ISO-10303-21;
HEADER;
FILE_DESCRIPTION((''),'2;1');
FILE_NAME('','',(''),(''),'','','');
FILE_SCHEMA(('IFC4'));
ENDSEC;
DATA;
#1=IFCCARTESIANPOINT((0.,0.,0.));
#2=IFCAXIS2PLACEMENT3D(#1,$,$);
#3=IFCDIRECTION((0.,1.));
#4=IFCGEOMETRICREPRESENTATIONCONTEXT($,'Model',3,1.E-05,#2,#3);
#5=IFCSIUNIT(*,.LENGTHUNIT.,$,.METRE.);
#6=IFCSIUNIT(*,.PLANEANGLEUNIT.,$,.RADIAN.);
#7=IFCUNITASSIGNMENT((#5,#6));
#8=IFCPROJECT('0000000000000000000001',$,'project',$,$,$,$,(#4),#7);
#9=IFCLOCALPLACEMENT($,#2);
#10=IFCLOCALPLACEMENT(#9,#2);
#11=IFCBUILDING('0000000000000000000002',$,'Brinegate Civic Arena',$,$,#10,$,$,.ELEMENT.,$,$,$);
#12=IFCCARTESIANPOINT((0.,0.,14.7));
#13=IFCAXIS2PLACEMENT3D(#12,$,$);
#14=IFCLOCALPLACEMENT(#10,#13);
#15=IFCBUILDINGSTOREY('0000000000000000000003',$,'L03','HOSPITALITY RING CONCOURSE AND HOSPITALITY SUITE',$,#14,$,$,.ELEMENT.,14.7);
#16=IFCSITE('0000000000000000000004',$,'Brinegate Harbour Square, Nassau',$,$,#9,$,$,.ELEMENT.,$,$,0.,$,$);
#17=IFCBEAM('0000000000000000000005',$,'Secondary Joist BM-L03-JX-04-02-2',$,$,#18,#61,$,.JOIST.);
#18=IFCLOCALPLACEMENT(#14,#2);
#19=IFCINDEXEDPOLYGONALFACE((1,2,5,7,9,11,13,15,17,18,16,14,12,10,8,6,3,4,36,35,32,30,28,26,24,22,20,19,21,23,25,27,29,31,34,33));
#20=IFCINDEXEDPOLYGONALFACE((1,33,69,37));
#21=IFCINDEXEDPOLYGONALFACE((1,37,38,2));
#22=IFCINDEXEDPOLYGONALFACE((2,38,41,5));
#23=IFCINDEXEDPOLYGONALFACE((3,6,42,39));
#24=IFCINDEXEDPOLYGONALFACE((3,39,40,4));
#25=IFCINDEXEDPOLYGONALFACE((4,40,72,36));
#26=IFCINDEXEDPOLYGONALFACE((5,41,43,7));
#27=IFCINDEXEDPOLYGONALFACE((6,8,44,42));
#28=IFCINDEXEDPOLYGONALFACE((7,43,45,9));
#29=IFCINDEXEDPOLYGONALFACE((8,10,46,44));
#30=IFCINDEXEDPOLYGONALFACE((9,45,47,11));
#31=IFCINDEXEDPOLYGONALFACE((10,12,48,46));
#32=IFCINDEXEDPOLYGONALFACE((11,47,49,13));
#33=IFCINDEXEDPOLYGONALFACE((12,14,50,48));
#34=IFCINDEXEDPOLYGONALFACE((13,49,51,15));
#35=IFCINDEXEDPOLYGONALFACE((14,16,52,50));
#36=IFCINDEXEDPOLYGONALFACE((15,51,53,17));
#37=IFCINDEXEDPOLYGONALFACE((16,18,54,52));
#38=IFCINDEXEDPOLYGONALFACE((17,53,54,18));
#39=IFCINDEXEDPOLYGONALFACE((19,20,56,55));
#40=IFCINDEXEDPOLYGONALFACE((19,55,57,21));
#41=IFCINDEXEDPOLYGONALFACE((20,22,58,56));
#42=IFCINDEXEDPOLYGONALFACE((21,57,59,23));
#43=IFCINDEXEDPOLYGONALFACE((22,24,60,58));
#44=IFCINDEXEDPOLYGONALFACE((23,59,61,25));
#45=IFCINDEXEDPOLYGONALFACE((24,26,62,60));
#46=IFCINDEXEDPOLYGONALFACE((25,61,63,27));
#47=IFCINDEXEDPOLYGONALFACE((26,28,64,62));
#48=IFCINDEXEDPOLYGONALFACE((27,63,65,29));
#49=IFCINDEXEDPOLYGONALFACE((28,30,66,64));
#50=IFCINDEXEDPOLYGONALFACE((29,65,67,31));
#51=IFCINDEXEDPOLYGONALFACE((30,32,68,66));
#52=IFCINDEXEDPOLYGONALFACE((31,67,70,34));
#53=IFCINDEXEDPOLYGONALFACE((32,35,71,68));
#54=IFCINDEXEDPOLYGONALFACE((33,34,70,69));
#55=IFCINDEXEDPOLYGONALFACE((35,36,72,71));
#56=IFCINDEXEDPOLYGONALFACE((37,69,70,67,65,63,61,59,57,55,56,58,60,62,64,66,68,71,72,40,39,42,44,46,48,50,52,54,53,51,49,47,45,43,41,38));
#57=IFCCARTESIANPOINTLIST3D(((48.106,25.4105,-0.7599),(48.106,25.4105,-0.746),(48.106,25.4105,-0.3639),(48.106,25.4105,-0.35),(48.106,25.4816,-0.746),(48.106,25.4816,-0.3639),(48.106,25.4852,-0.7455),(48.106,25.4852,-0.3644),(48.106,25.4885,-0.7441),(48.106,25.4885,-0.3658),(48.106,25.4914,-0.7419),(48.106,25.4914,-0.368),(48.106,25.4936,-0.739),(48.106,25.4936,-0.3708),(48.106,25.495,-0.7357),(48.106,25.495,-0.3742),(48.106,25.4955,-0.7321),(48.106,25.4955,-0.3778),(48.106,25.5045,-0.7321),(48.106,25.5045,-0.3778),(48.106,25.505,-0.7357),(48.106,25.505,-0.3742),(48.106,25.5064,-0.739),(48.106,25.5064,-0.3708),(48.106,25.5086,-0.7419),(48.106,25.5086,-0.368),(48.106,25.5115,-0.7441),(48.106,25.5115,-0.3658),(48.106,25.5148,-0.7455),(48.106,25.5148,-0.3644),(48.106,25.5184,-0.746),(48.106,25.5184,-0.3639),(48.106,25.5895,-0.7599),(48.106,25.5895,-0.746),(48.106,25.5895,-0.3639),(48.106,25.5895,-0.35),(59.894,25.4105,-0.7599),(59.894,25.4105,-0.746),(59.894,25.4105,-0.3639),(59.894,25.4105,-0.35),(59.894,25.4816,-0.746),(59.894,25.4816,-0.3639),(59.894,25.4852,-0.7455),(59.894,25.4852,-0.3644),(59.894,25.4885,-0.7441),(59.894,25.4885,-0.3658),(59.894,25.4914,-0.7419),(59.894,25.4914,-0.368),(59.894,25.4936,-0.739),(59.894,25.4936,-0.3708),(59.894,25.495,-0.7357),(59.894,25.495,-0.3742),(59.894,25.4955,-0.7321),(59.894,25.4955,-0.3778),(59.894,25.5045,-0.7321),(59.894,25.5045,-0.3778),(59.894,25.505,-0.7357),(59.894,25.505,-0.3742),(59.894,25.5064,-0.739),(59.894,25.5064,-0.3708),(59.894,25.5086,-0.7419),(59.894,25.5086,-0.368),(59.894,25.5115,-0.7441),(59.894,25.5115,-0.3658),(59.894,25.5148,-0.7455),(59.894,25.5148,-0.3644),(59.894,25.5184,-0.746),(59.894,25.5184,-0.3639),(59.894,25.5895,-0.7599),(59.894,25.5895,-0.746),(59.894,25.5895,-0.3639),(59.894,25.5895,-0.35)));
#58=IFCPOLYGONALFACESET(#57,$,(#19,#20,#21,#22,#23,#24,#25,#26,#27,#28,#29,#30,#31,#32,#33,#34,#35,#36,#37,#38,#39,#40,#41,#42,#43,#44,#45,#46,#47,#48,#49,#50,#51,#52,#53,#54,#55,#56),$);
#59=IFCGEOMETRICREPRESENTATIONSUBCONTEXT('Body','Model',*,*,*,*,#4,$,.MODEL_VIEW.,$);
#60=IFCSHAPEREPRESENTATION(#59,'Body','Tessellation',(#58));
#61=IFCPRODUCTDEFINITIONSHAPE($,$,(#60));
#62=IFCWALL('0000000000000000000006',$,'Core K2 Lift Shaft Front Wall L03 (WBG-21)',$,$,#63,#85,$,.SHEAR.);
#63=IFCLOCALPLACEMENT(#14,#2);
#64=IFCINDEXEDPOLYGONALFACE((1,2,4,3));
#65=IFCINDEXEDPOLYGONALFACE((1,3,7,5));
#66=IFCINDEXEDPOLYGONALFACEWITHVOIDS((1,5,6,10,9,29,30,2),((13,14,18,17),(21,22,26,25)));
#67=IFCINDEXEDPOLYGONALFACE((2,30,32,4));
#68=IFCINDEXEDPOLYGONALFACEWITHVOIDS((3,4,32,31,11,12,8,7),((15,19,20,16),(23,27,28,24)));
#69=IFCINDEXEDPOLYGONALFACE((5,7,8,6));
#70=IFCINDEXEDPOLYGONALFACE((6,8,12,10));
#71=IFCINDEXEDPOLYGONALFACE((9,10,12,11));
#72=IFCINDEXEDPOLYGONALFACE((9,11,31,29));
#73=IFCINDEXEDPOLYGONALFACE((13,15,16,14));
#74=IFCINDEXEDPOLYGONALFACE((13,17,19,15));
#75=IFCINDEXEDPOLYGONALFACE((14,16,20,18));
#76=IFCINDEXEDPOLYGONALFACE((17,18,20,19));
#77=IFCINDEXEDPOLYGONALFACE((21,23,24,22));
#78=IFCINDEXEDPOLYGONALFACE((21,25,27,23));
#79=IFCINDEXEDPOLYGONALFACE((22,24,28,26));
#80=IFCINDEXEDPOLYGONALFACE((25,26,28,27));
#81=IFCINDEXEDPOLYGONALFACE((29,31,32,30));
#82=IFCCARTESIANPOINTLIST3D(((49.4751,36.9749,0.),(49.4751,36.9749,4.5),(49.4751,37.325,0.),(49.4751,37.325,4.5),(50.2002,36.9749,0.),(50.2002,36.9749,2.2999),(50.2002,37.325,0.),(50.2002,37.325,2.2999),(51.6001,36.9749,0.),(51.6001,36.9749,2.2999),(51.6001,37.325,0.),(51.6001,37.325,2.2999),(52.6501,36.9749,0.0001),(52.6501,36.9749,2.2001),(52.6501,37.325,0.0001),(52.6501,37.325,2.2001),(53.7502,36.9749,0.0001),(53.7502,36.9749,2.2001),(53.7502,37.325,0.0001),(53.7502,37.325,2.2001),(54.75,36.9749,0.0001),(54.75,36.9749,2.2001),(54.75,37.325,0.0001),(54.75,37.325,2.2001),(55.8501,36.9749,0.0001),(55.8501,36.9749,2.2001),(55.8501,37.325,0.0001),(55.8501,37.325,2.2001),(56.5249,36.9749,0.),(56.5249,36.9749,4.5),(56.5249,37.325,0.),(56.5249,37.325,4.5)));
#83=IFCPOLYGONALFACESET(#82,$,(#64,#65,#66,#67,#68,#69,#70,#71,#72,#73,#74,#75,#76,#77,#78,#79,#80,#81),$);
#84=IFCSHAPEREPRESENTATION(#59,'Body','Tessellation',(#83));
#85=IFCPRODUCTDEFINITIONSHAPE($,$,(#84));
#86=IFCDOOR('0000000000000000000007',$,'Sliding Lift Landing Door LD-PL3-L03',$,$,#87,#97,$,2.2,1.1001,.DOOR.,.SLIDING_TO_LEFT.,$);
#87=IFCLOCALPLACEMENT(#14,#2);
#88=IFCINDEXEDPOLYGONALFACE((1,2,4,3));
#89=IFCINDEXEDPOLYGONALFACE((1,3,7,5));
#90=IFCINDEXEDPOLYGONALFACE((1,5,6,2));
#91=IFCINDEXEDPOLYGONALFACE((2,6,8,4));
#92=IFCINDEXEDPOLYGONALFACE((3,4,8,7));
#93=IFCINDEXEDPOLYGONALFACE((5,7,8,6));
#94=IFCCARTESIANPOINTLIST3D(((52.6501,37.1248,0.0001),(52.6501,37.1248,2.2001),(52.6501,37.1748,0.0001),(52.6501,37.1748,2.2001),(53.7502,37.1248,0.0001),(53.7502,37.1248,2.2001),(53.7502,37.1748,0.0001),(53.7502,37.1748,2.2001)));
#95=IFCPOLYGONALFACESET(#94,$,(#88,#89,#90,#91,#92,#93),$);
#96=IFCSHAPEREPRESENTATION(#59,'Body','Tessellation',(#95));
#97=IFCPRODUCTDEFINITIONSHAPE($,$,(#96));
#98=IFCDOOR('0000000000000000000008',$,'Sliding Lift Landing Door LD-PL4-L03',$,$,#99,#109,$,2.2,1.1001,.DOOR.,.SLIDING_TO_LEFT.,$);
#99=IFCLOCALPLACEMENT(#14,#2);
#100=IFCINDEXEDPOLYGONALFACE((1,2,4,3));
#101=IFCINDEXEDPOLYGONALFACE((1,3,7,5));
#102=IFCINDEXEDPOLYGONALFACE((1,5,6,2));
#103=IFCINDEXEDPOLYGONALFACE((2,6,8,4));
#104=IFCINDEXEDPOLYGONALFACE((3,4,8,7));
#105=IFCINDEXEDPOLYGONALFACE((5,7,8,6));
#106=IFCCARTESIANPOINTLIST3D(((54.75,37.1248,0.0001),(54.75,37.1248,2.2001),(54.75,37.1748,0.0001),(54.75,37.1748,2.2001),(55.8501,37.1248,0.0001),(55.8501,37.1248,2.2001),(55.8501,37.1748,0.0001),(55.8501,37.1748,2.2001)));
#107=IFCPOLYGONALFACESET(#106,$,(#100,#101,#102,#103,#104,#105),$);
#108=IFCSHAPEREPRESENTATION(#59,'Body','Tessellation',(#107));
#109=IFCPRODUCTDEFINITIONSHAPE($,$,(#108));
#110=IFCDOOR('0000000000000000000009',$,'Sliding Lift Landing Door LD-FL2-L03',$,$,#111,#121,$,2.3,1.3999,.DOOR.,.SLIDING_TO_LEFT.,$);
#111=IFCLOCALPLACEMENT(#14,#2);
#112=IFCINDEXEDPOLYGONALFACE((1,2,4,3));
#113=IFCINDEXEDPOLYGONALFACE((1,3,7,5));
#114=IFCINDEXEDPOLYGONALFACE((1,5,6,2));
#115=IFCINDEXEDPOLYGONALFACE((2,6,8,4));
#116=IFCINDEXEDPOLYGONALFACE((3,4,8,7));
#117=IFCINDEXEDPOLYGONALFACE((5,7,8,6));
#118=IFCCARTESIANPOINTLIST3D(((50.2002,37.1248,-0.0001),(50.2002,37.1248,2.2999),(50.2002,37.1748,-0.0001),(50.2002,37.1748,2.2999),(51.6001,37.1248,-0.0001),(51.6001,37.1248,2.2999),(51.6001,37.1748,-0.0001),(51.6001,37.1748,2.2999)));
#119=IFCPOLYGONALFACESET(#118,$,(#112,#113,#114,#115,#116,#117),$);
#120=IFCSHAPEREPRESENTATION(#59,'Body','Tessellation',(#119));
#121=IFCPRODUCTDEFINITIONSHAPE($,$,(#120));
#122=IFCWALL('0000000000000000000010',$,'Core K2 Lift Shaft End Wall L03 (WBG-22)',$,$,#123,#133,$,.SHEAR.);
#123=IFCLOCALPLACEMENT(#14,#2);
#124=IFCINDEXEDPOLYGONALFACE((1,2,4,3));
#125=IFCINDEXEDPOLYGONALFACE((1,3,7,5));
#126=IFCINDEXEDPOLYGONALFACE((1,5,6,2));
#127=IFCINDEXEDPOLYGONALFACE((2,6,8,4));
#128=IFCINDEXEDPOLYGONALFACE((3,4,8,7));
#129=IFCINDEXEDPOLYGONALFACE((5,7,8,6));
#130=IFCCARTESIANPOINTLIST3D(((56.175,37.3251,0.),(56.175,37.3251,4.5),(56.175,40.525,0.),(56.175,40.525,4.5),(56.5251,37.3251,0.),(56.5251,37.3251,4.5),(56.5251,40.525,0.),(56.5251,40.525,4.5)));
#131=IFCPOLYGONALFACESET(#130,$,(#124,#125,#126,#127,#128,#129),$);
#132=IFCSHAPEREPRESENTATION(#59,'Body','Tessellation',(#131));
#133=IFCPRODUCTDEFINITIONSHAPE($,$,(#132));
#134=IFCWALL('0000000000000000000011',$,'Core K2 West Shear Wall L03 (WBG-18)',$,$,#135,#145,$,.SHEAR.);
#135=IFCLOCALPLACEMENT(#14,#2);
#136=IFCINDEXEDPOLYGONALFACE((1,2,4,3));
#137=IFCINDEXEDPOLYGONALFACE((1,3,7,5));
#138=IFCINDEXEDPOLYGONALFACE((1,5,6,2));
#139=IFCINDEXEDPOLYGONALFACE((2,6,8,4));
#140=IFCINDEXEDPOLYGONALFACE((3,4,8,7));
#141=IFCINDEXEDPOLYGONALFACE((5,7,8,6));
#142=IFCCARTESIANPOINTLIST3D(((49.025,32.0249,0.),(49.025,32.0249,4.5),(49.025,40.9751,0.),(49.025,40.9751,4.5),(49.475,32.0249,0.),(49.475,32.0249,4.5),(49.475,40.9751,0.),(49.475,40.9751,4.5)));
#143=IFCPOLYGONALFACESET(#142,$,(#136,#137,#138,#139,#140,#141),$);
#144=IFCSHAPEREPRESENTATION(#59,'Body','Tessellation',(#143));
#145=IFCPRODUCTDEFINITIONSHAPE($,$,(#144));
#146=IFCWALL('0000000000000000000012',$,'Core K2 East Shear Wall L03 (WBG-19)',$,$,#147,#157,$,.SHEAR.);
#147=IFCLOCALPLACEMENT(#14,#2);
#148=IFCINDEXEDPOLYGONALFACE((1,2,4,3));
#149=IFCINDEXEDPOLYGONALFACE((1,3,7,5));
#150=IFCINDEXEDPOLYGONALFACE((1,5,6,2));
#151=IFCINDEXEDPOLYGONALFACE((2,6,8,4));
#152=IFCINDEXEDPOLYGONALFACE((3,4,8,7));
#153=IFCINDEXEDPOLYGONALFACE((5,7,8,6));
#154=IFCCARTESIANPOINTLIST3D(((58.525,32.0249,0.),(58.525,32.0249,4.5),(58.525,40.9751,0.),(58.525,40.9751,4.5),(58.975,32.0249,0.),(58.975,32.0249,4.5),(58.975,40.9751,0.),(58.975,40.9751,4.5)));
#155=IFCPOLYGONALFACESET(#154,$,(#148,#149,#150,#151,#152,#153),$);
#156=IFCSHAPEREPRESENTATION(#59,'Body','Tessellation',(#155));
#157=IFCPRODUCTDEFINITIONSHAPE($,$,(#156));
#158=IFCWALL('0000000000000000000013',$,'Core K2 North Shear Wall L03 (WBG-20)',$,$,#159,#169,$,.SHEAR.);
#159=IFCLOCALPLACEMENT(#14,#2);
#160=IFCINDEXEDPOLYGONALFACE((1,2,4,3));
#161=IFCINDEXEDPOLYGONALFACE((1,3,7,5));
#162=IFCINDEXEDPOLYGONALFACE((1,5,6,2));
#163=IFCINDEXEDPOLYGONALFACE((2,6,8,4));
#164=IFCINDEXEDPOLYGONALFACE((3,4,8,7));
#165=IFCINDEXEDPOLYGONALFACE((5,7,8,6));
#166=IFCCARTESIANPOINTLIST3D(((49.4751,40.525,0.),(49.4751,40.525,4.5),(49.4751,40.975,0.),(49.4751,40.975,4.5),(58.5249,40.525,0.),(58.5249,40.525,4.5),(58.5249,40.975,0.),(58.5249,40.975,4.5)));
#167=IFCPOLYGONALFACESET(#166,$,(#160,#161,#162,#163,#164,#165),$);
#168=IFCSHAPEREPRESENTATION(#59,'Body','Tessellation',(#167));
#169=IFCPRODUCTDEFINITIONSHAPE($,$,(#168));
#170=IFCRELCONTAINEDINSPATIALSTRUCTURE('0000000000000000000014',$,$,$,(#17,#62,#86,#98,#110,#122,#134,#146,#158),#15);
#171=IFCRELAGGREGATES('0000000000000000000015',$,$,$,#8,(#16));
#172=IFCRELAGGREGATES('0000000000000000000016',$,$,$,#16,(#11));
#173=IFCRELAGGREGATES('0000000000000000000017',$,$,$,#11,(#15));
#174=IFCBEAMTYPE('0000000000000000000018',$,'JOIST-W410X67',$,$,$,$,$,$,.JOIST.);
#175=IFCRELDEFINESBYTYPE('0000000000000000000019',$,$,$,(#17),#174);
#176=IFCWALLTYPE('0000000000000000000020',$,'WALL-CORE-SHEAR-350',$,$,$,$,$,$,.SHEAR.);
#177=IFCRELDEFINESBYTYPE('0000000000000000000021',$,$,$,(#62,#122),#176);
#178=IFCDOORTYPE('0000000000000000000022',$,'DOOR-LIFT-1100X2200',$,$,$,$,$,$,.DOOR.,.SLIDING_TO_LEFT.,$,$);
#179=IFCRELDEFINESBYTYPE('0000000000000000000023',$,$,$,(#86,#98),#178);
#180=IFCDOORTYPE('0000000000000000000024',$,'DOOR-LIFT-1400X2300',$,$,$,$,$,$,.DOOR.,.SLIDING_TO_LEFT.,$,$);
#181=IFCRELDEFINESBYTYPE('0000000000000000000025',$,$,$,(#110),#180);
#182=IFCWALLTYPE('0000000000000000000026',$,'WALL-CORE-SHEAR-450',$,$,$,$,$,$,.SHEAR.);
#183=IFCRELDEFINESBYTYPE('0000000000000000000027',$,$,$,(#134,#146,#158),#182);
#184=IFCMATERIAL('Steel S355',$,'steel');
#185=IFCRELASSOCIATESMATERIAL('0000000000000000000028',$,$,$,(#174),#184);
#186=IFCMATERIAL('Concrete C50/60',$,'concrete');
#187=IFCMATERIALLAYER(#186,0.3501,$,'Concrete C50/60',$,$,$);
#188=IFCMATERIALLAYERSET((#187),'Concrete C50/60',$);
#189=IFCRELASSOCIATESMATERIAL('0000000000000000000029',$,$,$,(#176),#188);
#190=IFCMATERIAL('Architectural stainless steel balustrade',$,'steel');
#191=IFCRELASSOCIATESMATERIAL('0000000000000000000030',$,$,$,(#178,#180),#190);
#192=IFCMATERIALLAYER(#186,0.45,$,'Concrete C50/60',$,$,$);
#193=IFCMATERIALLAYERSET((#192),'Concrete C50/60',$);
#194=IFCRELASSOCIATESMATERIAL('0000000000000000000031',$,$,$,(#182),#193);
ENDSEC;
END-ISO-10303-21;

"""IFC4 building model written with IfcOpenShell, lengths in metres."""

from ifc_helpers import new_model, si_unit, direction, frame, frame_2d, origin, origin_2d, place, context, subcontext, project, spatial, rectangle, i_section, extrude, material, layer, layer_set, material_profile, profile_set, type_object, element, fill, save


model = new_model("IFC4")

# Units and contexts
model_context = context("Model", 3, precision=1e-05, world=origin(), true_north=direction((0.0, 1.0)))
body_context = subcontext(model_context, "Body", "Model", "MODEL_VIEW")
ifc_project = project(units=[si_unit("LENGTHUNIT", "METRE"), si_unit("PLANEANGLEUNIT", "RADIAN")], contexts=[model_context])

# Site, building, storey
site_placement = place(None, origin())
site = spatial("IfcSite", under=ifc_project, at=site_placement, Name="Brinegate Harbour Square, Nassau", CompositionType="ELEMENT", RefElevation=0.0)
building_placement = place(site_placement, origin())
building = spatial("IfcBuilding", under=site, at=building_placement, Name="Brinegate Civic Arena", CompositionType="ELEMENT")
storey_placement = place(building_placement, frame((0.0, 0.0, 14.7)))
storey = spatial("IfcBuildingStorey", under=building, at=storey_placement, Name="L03", Description="HOSPITALITY RING CONCOURSE AND HOSPITALITY SUITE", CompositionType="ELEMENT", Elevation=14.7)

# Shared definitions
ifc_material_1 = material(Name="Concrete C50/60", Category="concrete")

# Beam
ifc_material_2 = material(Name="Steel S355", Category="steel")
ifc_material_profile_1 = material_profile(ifc_material_2, i_section(OverallWidth=0.179, OverallDepth=0.4099, WebThickness=0.009, FlangeThickness=0.0139, FilletRadius=0.0139, at=origin_2d()), Name="W410X67")
ifc_profile_set_1 = profile_set([ifc_material_profile_1], Name="Steel S355")
beam_type_1 = type_object("IfcBeamType", Name="JOIST-W410X67", PredefinedType="JOIST", material=ifc_profile_set_1)
beam_1_placement = place(storey_placement, frame((48.106, 25.5, -0.5549), z_axis=(1.0, 0.0, 0.0), x_axis=(0.0, 1.0, 0.0)))
element("IfcBeam", 1, at=beam_1_placement, inside=storey, type_object=beam_type_1, Name="Secondary Joist BM-L03-JX-04-02-2", PredefinedType="JOIST", context=body_context, shape_type="SweptSolid", body=[
    extrude(i_section(OverallWidth=0.179, OverallDepth=0.4099, WebThickness=0.009, FlangeThickness=0.0139, FilletRadius=0.0139, at=origin_2d()), origin(), (0.0, 0.0, 1.0), 11.7881),
])

# Wall, openings, doors
ifc_layer_1 = layer(ifc_material_1, 0.3501, Name="Concrete C50/60")
ifc_layer_set_1 = layer_set([ifc_layer_1], Name="Concrete C50/60")
wall_type_1 = type_object("IfcWallType", Name="WALL-CORE-SHEAR-350", PredefinedType="SHEAR", material=ifc_layer_set_1)
wall_1_placement = place(storey_placement, frame((49.4751, 37.1499, 0.0), z_axis=(0.0, 0.0, 1.0), x_axis=(1.0, 0.0, 0.0)))
wall_1 = element("IfcWall", 2, at=wall_1_placement, inside=storey, type_object=wall_type_1, Name="Core K2 Lift Shaft Front Wall L03 (WBG-21)", PredefinedType="SHEAR", context=body_context, shape_type="SweptSolid", body=[
    extrude(rectangle(XDim=7.0498, YDim=0.3501, at=frame_2d((3.5249, 0.0))), origin(), (0.0, 0.0, 1.0), 4.5),
])
opening_1_placement = place(wall_1_placement, frame((0.7251, 0.0, 0.0)))
opening_1 = element("IfcOpeningElement", 3, at=opening_1_placement, cuts=wall_1, PredefinedType="OPENING", context=body_context, shape_type="SweptSolid", body=[
    extrude(rectangle(XDim=1.3999, YDim=2.3, at=frame_2d((0.7, 1.1499))), frame((0.0, 0.1851, 0.0), z_axis=(0.0, -1.0, 0.0), x_axis=(1.0, 0.0, 0.0)), (0.0, 0.0, 1.0), 0.3701),
])
opening_2_placement = place(wall_1_placement, frame((3.175, 0.0, 0.0)))
opening_2 = element("IfcOpeningElement", 4, at=opening_2_placement, cuts=wall_1, PredefinedType="OPENING", context=body_context, shape_type="SweptSolid", body=[
    extrude(rectangle(XDim=1.1001, YDim=2.2, at=frame_2d((0.55, 1.1001))), frame((0.0, 0.1851, 0.0), z_axis=(0.0, -1.0, 0.0), x_axis=(1.0, 0.0, 0.0)), (0.0, 0.0, 1.0), 0.3701),
])
opening_3_placement = place(wall_1_placement, frame((5.2749, 0.0, 0.0)))
opening_3 = element("IfcOpeningElement", 5, at=opening_3_placement, cuts=wall_1, PredefinedType="OPENING", context=body_context, shape_type="SweptSolid", body=[
    extrude(rectangle(XDim=1.1001, YDim=2.2, at=frame_2d((0.55, 1.1001))), frame((0.0, 0.1851, 0.0), z_axis=(0.0, -1.0, 0.0), x_axis=(1.0, 0.0, 0.0)), (0.0, 0.0, 1.0), 0.3701),
])
ifc_material_3 = material(Name="Architectural stainless steel balustrade", Category="steel")
door_type_1 = type_object("IfcDoorType", Name="DOOR-LIFT-1100X2200", OperationType="SLIDING_TO_LEFT", PredefinedType="DOOR", material=ifc_material_3)
door_1_placement = place(opening_2_placement, origin())
door_1 = element("IfcDoor", 6, at=door_1_placement, inside=storey, type_object=door_type_1, Name="Sliding Lift Landing Door LD-PL3-L03", OperationType="SLIDING_TO_LEFT", OverallHeight=2.2, OverallWidth=1.1001, PredefinedType="DOOR", context=body_context, shape_type="SweptSolid", body=[
    extrude(rectangle(XDim=1.1001, YDim=2.2, at=frame_2d((0.55, 1.1001))), frame((0.0, 0.0249, 0.0), z_axis=(0.0, -1.0, 0.0), x_axis=(1.0, 0.0, 0.0)), (0.0, 0.0, 1.0), 0.05),
])
fill(opening_2, door_1)
door_2_placement = place(opening_3_placement, origin())
door_2 = element("IfcDoor", 7, at=door_2_placement, inside=storey, type_object=door_type_1, Name="Sliding Lift Landing Door LD-PL4-L03", OperationType="SLIDING_TO_LEFT", OverallHeight=2.2, OverallWidth=1.1001, PredefinedType="DOOR", context=body_context, shape_type="SweptSolid", body=[
    extrude(rectangle(XDim=1.1001, YDim=2.2, at=frame_2d((0.55, 1.1001))), frame((0.0, 0.0249, 0.0), z_axis=(0.0, -1.0, 0.0), x_axis=(1.0, 0.0, 0.0)), (0.0, 0.0, 1.0), 0.05),
])
fill(opening_3, door_2)
door_type_2 = type_object("IfcDoorType", Name="DOOR-LIFT-1400X2300", OperationType="SLIDING_TO_LEFT", PredefinedType="DOOR", material=ifc_material_3)
door_3_placement = place(opening_1_placement, origin())
door_3 = element("IfcDoor", 8, at=door_3_placement, inside=storey, type_object=door_type_2, Name="Sliding Lift Landing Door LD-FL2-L03", OperationType="SLIDING_TO_LEFT", OverallHeight=2.3, OverallWidth=1.3999, PredefinedType="DOOR", context=body_context, shape_type="SweptSolid", body=[
    extrude(rectangle(XDim=1.3999, YDim=2.3, at=frame_2d((0.7, 1.1499))), frame((0.0, 0.0249, 0.0), z_axis=(0.0, -1.0, 0.0), x_axis=(1.0, 0.0, 0.0)), (0.0, 0.0, 1.0), 0.05),
])
fill(opening_1, door_3)

# Walls
wall_2_placement = place(storey_placement, frame((56.3501, 37.325, 0.0), z_axis=(0.0, 0.0, 1.0), x_axis=(0.0, 1.0, 0.0)))
element("IfcWall", 9, at=wall_2_placement, inside=storey, type_object=wall_type_1, Name="Core K2 Lift Shaft End Wall L03 (WBG-22)", PredefinedType="SHEAR", context=body_context, shape_type="SweptSolid", body=[
    extrude(rectangle(XDim=3.2, YDim=0.3501, at=frame_2d((1.6001, 0.0))), origin(), (0.0, 0.0, 1.0), 4.5),
])
ifc_layer_2 = layer(ifc_material_1, 0.45, Name="Concrete C50/60")
ifc_layer_set_2 = layer_set([ifc_layer_2], Name="Concrete C50/60")
wall_type_2 = type_object("IfcWallType", Name="WALL-CORE-SHEAR-450", PredefinedType="SHEAR", material=ifc_layer_set_2)
for number, where, z_axis, x_axis, name in (
    (10, (49.25, 32.0249, 0.0), (0.0, 0.0, 1.0), (0.0, 1.0, 0.0), "Core K2 West Shear Wall L03 (WBG-18)"),
    (11, (58.75, 32.0249, 0.0), (0.0, 0.0, 1.0), (0.0, 1.0, 0.0), "Core K2 East Shear Wall L03 (WBG-19)"),
):
    element("IfcWall", number, at=place(storey_placement, frame(where, z_axis=z_axis, x_axis=x_axis)), inside=storey, type_object=wall_type_2, Name=name, PredefinedType="SHEAR", context=body_context, shape_type="SweptSolid", body=[
        extrude(rectangle(XDim=8.9502, YDim=0.45, at=frame_2d((4.4751, 0.0))), origin(), (0.0, 0.0, 1.0), 4.5),
    ])
wall_3_placement = place(storey_placement, frame((49.4751, 40.75, 0.0), z_axis=(0.0, 0.0, 1.0), x_axis=(1.0, 0.0, 0.0)))
element("IfcWall", 12, at=wall_3_placement, inside=storey, type_object=wall_type_2, Name="Core K2 North Shear Wall L03 (WBG-20)", PredefinedType="SHEAR", context=body_context, shape_type="SweptSolid", body=[
    extrude(rectangle(XDim=9.0498, YDim=0.45, at=frame_2d((4.5249, 0.0))), origin(), (0.0, 0.0, 1.0), 4.5),
])

save(model, "model.ifc")
